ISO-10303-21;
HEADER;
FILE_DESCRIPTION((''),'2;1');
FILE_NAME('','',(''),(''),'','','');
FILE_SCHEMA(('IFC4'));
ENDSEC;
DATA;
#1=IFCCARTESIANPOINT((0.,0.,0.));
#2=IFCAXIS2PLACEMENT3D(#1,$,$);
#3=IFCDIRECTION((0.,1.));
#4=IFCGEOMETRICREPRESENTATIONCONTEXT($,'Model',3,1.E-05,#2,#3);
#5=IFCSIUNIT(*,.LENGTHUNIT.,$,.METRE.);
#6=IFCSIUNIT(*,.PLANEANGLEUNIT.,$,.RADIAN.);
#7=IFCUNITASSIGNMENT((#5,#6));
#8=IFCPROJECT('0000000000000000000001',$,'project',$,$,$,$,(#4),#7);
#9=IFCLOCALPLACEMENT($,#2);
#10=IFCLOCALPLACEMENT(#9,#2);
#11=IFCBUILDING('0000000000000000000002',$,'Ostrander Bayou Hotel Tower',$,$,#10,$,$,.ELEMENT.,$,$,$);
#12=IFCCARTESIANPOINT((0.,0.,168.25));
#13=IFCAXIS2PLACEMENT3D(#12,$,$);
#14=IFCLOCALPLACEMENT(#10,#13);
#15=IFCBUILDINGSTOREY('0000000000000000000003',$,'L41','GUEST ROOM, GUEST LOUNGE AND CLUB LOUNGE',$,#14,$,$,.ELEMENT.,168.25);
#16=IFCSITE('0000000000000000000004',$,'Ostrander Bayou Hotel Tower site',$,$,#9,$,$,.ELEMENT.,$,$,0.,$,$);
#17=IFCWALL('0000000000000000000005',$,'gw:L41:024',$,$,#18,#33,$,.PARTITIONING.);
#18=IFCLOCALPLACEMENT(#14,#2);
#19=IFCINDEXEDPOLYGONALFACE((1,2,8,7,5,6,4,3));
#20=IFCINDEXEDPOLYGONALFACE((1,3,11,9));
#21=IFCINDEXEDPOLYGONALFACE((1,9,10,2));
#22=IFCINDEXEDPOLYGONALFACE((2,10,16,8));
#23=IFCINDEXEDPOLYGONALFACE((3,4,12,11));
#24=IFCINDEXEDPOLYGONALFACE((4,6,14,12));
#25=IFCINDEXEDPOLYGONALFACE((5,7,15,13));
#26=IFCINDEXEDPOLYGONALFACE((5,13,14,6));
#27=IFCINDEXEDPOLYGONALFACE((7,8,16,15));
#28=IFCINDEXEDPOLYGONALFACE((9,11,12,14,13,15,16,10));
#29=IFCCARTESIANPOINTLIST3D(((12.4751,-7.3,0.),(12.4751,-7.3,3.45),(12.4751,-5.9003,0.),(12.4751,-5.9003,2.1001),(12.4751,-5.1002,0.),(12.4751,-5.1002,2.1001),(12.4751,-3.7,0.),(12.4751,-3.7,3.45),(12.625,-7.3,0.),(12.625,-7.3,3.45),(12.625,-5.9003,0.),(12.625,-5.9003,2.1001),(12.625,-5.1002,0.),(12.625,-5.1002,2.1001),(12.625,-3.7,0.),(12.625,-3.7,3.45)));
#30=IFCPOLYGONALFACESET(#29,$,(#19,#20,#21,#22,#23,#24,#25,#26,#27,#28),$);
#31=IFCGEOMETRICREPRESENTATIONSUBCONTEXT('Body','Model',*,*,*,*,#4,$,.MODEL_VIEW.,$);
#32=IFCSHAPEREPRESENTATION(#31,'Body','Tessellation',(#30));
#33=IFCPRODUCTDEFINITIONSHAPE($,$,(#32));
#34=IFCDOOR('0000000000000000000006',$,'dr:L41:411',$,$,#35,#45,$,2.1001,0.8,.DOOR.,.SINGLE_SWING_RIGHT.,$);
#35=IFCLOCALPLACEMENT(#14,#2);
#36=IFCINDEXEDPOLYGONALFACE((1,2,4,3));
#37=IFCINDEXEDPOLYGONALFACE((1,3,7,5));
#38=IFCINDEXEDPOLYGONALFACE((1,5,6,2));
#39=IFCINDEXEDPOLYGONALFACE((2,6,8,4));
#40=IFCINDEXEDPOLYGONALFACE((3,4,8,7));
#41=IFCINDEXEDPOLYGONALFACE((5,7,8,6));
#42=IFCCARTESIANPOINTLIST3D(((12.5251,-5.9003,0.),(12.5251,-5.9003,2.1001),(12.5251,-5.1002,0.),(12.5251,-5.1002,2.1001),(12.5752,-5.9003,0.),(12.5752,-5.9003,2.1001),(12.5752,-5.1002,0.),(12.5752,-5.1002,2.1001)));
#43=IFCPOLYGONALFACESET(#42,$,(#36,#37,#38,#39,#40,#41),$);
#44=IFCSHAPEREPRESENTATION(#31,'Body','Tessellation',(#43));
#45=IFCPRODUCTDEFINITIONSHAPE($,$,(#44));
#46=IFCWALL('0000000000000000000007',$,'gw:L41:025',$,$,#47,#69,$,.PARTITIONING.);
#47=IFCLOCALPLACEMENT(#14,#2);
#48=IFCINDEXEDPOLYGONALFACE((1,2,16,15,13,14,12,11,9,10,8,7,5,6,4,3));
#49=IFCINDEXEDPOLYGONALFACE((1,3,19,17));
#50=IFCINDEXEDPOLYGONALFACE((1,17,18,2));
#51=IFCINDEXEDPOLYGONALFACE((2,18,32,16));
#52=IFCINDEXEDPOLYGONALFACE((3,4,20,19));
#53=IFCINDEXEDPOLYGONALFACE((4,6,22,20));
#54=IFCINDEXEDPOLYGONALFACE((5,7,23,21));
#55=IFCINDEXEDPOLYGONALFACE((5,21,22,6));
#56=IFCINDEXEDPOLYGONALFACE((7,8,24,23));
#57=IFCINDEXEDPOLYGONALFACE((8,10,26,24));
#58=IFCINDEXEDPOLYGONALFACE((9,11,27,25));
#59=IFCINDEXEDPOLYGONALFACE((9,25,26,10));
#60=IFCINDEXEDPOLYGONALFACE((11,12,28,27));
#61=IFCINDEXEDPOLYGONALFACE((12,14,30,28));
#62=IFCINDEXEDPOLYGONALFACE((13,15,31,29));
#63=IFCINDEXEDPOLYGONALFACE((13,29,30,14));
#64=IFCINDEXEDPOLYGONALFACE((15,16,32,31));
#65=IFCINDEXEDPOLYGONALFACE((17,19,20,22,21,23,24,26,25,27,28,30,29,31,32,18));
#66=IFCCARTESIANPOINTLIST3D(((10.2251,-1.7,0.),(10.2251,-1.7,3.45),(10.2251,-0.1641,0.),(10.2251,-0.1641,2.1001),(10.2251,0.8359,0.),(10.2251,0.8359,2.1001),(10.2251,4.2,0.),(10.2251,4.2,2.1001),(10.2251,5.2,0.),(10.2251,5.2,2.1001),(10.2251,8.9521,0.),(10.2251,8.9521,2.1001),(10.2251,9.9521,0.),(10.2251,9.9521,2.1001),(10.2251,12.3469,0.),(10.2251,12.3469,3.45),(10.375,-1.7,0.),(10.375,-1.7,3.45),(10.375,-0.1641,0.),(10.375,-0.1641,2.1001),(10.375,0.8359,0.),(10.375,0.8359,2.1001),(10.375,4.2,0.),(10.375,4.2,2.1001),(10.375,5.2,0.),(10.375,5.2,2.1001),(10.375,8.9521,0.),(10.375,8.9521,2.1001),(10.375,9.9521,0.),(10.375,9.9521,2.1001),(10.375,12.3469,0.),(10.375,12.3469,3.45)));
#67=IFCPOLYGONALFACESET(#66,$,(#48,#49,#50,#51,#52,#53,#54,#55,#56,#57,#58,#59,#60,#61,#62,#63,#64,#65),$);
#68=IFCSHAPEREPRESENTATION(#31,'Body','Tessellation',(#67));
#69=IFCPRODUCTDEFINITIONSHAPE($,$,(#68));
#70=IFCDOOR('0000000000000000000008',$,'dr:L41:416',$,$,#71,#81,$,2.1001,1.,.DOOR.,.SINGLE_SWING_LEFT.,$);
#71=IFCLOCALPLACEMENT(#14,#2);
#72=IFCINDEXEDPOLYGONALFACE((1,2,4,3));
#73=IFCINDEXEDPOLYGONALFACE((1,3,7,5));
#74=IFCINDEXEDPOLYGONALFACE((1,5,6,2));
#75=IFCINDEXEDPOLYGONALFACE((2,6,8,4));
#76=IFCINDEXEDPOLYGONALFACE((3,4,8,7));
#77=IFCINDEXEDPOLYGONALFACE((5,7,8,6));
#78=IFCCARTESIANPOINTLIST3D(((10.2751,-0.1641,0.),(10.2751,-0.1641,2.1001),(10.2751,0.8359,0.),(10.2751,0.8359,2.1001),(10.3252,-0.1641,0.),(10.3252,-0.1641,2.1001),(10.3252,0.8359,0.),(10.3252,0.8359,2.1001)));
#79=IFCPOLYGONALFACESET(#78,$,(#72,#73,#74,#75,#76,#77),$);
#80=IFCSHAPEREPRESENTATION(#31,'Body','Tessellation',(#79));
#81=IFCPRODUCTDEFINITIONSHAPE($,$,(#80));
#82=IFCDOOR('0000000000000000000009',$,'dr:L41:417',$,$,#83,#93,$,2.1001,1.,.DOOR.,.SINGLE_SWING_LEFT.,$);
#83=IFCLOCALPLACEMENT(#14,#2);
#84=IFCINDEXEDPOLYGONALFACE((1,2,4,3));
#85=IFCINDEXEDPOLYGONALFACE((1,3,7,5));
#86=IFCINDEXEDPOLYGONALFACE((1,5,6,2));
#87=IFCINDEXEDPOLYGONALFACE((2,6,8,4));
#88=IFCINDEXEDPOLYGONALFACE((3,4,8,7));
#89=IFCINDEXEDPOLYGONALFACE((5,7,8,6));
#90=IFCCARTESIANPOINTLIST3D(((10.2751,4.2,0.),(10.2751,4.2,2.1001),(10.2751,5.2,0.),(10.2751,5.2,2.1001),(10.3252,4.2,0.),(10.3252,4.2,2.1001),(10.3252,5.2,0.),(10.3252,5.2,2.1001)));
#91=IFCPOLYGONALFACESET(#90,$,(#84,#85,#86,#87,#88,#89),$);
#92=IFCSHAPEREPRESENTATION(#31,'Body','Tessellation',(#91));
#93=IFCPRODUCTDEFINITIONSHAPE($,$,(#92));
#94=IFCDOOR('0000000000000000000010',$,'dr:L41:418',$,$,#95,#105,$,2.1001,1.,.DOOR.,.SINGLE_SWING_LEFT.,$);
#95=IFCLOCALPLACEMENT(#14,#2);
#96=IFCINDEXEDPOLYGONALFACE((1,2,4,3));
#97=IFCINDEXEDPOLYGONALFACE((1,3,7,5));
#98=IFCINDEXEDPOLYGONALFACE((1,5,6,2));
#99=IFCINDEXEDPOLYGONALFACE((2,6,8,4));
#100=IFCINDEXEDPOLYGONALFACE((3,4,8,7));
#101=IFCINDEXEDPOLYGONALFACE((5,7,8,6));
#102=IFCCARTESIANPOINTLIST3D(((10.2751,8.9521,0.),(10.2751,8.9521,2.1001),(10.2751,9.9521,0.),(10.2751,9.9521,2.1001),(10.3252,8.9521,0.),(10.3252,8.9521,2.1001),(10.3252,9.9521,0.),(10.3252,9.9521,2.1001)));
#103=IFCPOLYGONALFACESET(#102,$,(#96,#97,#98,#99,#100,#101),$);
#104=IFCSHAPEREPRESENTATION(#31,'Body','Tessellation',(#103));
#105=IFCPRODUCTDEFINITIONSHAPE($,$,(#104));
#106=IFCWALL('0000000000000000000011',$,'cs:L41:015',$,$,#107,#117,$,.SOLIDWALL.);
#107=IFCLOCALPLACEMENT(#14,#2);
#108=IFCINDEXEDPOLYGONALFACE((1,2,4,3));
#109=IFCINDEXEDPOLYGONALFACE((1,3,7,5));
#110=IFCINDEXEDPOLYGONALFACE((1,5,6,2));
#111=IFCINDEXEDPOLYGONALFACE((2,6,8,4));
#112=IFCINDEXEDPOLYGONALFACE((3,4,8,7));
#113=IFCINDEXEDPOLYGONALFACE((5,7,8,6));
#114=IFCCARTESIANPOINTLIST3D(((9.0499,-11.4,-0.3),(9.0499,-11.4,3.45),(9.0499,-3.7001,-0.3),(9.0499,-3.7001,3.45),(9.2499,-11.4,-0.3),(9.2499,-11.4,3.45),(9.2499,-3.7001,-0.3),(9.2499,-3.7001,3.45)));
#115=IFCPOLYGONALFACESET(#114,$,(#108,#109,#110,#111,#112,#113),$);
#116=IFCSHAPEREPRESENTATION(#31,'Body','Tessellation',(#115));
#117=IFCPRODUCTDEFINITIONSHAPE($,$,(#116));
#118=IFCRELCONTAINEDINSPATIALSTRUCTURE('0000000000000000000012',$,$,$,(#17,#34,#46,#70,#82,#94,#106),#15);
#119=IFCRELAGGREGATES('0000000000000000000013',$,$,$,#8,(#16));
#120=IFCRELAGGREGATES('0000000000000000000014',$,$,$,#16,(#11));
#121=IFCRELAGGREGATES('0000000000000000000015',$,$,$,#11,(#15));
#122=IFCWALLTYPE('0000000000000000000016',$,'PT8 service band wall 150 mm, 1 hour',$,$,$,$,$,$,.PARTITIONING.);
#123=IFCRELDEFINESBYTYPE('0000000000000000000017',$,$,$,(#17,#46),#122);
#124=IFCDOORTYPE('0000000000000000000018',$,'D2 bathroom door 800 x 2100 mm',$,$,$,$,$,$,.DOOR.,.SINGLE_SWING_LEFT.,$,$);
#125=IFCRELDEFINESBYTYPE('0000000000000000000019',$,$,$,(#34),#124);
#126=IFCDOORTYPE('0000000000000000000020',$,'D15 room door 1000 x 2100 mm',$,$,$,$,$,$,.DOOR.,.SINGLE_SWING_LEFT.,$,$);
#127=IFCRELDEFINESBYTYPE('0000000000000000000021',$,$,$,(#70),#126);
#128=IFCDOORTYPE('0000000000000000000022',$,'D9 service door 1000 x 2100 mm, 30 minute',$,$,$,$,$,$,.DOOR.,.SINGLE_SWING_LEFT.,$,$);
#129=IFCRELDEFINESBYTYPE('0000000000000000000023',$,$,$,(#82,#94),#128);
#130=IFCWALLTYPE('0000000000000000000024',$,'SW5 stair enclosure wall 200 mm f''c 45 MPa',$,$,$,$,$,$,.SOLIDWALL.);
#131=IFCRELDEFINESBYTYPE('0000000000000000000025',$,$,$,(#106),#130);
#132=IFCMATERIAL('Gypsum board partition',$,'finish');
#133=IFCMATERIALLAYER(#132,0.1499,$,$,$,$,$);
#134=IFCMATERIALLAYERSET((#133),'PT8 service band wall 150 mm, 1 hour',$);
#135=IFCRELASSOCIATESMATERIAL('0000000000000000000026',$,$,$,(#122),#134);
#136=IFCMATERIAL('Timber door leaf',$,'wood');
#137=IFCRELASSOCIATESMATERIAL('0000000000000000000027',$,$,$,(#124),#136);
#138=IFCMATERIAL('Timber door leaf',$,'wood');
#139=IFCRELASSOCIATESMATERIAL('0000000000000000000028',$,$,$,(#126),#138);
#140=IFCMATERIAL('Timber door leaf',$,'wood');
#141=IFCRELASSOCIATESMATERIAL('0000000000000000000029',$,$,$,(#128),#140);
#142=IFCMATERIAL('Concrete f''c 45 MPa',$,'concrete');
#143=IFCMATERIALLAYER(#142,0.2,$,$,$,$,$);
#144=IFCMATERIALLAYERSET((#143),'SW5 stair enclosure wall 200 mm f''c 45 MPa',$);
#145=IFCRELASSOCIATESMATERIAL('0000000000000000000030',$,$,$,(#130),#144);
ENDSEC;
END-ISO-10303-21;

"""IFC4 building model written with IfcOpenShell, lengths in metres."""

from ifc_helpers import new_model, si_unit, direction, frame, frame_2d, origin, place, context, subcontext, project, spatial, rectangle, extrude, material, layer, layer_set, type_object, element, fill, save


model = new_model("IFC4")

# Units and contexts
model_context = context("Model", 3, precision=1e-05, world=origin(), true_north=direction((0.0, 1.0)))
body_context = subcontext(model_context, "Body", "Model", "MODEL_VIEW")
ifc_project = project(units=[si_unit("LENGTHUNIT", "METRE"), si_unit("PLANEANGLEUNIT", "RADIAN")], contexts=[model_context])

# Site, building, storey
site_placement = place(None, origin())
site = spatial("IfcSite", under=ifc_project, at=site_placement, Name="Ostrander Bayou Hotel Tower site", CompositionType="ELEMENT", RefElevation=0.0)
building_placement = place(site_placement, origin())
building = spatial("IfcBuilding", under=site, at=building_placement, Name="Ostrander Bayou Hotel Tower", CompositionType="ELEMENT")
storey_placement = place(building_placement, frame((0.0, 0.0, 168.25)))
storey = spatial("IfcBuildingStorey", under=building, at=storey_placement, Name="L41", Description="GUEST ROOM, GUEST LOUNGE AND CLUB LOUNGE", CompositionType="ELEMENT", Elevation=168.25)

# Shared definitions
ifc_material_1 = material(Name="Gypsum board partition", Category="finish")
ifc_layer_1 = layer(ifc_material_1, 0.1499)
ifc_layer_set_1 = layer_set([ifc_layer_1], Name="PT8 service band wall 150 mm, 1 hour")
wall_type_1 = type_object("IfcWallType", Name="PT8 service band wall 150 mm, 1 hour", PredefinedType="PARTITIONING", material=ifc_layer_set_1)

# Wall, opening, door
wall_1_placement = place(storey_placement, frame((12.55, -7.3, 0.0), z_axis=(0.0, 0.0, 1.0), x_axis=(0.0, 1.0, 0.0)))
wall_1 = element("IfcWall", 1, at=wall_1_placement, inside=storey, type_object=wall_type_1, Name="gw:L41:024", PredefinedType="PARTITIONING", context=body_context, shape_type="SweptSolid", body=[
    extrude(rectangle(XDim=3.6001, YDim=0.1499, at=frame_2d((1.8, 0.0))), origin(), (0.0, 0.0, 1.0), 3.45),
])
opening_1_placement = place(wall_1_placement, frame((1.3999, 0.0, 0.0)))
opening_1 = element("IfcOpeningElement", 2, at=opening_1_placement, cuts=wall_1, PredefinedType="OPENING", context=body_context, shape_type="SweptSolid", body=[
    extrude(rectangle(XDim=0.8, YDim=2.1001, at=frame_2d((0.3999, 1.05))), frame((0.0, 0.075, 0.0), z_axis=(0.0, -1.0, 0.0), x_axis=(1.0, 0.0, 0.0)), (0.0, 0.0, 1.0), 0.1499),
])
ifc_material_2 = material(Name="Timber door leaf", Category="wood")
door_type_1 = type_object("IfcDoorType", Name="D2 bathroom door 800 x 2100 mm", OperationType="SINGLE_SWING_LEFT", PredefinedType="DOOR", material=ifc_material_2)
door_1_placement = place(opening_1_placement, origin())
door_1 = element("IfcDoor", 3, at=door_1_placement, inside=storey, type_object=door_type_1, Name="dr:L41:411", OperationType="SINGLE_SWING_RIGHT", OverallHeight=2.1001, OverallWidth=0.8, PredefinedType="DOOR", context=body_context, shape_type="SweptSolid", body=[
    extrude(rectangle(XDim=0.8, YDim=2.1001, at=frame_2d((0.3999, 1.05))), frame((0.0, 0.0249, 0.0), z_axis=(0.0, -1.0, 0.0), x_axis=(1.0, 0.0, 0.0)), (0.0, 0.0, 1.0), 0.05),
])
fill(opening_1, door_1)

# Wall, openings, doors
wall_2_placement = place(storey_placement, frame((10.3, -1.7, 0.0), z_axis=(0.0, 0.0, 1.0), x_axis=(0.0, 1.0, 0.0)))
wall_2 = element("IfcWall", 4, at=wall_2_placement, inside=storey, type_object=wall_type_1, Name="gw:L41:025", PredefinedType="PARTITIONING", context=body_context, shape_type="SweptSolid", body=[
    extrude(rectangle(XDim=14.0469, YDim=0.1499, at=frame_2d((7.0234, 0.0))), origin(), (0.0, 0.0, 1.0), 3.45),
])
opening_2_placement = place(wall_2_placement, frame((1.5359, 0.0, 0.0)))
opening_2 = element("IfcOpeningElement", 5, at=opening_2_placement, cuts=wall_2, PredefinedType="OPENING", context=body_context, shape_type="SweptSolid", body=[
    extrude(rectangle(XDim=1.0, YDim=2.1001, at=frame_2d((0.5, 1.05))), frame((0.0, 0.075, 0.0), z_axis=(0.0, -1.0, 0.0), x_axis=(1.0, 0.0, 0.0)), (0.0, 0.0, 1.0), 0.1499),
])
opening_3_placement = place(wall_2_placement, frame((5.8999, 0.0, 0.0)))
opening_3 = element("IfcOpeningElement", 6, at=opening_3_placement, cuts=wall_2, PredefinedType="OPENING", context=body_context, shape_type="SweptSolid", body=[
    extrude(rectangle(XDim=1.0, YDim=2.1001, at=frame_2d((0.5, 1.05))), frame((0.0, 0.075, 0.0), z_axis=(0.0, -1.0, 0.0), x_axis=(1.0, 0.0, 0.0)), (0.0, 0.0, 1.0), 0.1499),
])
opening_4_placement = place(wall_2_placement, frame((10.6521, 0.0, 0.0)))
opening_4 = element("IfcOpeningElement", 7, at=opening_4_placement, cuts=wall_2, PredefinedType="OPENING", context=body_context, shape_type="SweptSolid", body=[
    extrude(rectangle(XDim=1.0, YDim=2.1001, at=frame_2d((0.5, 1.05))), frame((0.0, 0.075, 0.0), z_axis=(0.0, -1.0, 0.0), x_axis=(1.0, 0.0, 0.0)), (0.0, 0.0, 1.0), 0.1499),
])
ifc_material_3 = material(Name="Timber door leaf", Category="wood")
door_type_2 = type_object("IfcDoorType", Name="D15 room door 1000 x 2100 mm", OperationType="SINGLE_SWING_LEFT", PredefinedType="DOOR", material=ifc_material_3)
door_2_placement = place(opening_2_placement, origin())
door_2 = element("IfcDoor", 8, at=door_2_placement, inside=storey, type_object=door_type_2, Name="dr:L41:416", OperationType="SINGLE_SWING_LEFT", OverallHeight=2.1001, OverallWidth=1.0, PredefinedType="DOOR", context=body_context, shape_type="SweptSolid", body=[
    extrude(rectangle(XDim=1.0, YDim=2.1001, at=frame_2d((0.5, 1.05))), frame((0.0, 0.0249, 0.0), z_axis=(0.0, -1.0, 0.0), x_axis=(1.0, 0.0, 0.0)), (0.0, 0.0, 1.0), 0.05),
])
fill(opening_2, door_2)
ifc_material_4 = material(Name="Timber door leaf", Category="wood")
door_type_3 = type_object("IfcDoorType", Name="D9 service door 1000 x 2100 mm, 30 minute", OperationType="SINGLE_SWING_LEFT", PredefinedType="DOOR", material=ifc_material_4)
door_3_placement = place(opening_3_placement, origin())
door_3 = element("IfcDoor", 9, at=door_3_placement, inside=storey, type_object=door_type_3, Name="dr:L41:417", OperationType="SINGLE_SWING_LEFT", OverallHeight=2.1001, OverallWidth=1.0, PredefinedType="DOOR", context=body_context, shape_type="SweptSolid", body=[
    extrude(rectangle(XDim=1.0, YDim=2.1001, at=frame_2d((0.5, 1.05))), frame((0.0, 0.0249, 0.0), z_axis=(0.0, -1.0, 0.0), x_axis=(1.0, 0.0, 0.0)), (0.0, 0.0, 1.0), 0.05),
])
fill(opening_3, door_3)
door_4_placement = place(opening_4_placement, origin())
door_4 = element("IfcDoor", 10, at=door_4_placement, inside=storey, type_object=door_type_3, Name="dr:L41:418", OperationType="SINGLE_SWING_LEFT", OverallHeight=2.1001, OverallWidth=1.0, PredefinedType="DOOR", context=body_context, shape_type="SweptSolid", body=[
    extrude(rectangle(XDim=1.0, YDim=2.1001, at=frame_2d((0.5, 1.05))), frame((0.0, 0.0249, 0.0), z_axis=(0.0, -1.0, 0.0), x_axis=(1.0, 0.0, 0.0)), (0.0, 0.0, 1.0), 0.05),
])
fill(opening_4, door_4)

# Wall
ifc_material_5 = material(Name="Concrete f'c 45 MPa", Category="concrete")
ifc_layer_2 = layer(ifc_material_5, 0.2)
ifc_layer_set_2 = layer_set([ifc_layer_2], Name="SW5 stair enclosure wall 200 mm f'c 45 MPa")
wall_type_2 = type_object("IfcWallType", Name="SW5 stair enclosure wall 200 mm f'c 45 MPa", PredefinedType="SOLIDWALL", material=ifc_layer_set_2)
wall_3_placement = place(storey_placement, frame((9.1499, -3.7, -0.3), z_axis=(0.0, 0.0, 1.0), x_axis=(0.0, -1.0, 0.0)))
element("IfcWall", 11, at=wall_3_placement, inside=storey, type_object=wall_type_2, Name="cs:L41:015", PredefinedType="SOLIDWALL", context=body_context, shape_type="SweptSolid", body=[
    extrude(rectangle(XDim=7.7, YDim=0.2, at=frame_2d((3.8501, 0.0))), origin(), (0.0, 0.0, 1.0), 3.75),
])

save(model, "model.ifc")
